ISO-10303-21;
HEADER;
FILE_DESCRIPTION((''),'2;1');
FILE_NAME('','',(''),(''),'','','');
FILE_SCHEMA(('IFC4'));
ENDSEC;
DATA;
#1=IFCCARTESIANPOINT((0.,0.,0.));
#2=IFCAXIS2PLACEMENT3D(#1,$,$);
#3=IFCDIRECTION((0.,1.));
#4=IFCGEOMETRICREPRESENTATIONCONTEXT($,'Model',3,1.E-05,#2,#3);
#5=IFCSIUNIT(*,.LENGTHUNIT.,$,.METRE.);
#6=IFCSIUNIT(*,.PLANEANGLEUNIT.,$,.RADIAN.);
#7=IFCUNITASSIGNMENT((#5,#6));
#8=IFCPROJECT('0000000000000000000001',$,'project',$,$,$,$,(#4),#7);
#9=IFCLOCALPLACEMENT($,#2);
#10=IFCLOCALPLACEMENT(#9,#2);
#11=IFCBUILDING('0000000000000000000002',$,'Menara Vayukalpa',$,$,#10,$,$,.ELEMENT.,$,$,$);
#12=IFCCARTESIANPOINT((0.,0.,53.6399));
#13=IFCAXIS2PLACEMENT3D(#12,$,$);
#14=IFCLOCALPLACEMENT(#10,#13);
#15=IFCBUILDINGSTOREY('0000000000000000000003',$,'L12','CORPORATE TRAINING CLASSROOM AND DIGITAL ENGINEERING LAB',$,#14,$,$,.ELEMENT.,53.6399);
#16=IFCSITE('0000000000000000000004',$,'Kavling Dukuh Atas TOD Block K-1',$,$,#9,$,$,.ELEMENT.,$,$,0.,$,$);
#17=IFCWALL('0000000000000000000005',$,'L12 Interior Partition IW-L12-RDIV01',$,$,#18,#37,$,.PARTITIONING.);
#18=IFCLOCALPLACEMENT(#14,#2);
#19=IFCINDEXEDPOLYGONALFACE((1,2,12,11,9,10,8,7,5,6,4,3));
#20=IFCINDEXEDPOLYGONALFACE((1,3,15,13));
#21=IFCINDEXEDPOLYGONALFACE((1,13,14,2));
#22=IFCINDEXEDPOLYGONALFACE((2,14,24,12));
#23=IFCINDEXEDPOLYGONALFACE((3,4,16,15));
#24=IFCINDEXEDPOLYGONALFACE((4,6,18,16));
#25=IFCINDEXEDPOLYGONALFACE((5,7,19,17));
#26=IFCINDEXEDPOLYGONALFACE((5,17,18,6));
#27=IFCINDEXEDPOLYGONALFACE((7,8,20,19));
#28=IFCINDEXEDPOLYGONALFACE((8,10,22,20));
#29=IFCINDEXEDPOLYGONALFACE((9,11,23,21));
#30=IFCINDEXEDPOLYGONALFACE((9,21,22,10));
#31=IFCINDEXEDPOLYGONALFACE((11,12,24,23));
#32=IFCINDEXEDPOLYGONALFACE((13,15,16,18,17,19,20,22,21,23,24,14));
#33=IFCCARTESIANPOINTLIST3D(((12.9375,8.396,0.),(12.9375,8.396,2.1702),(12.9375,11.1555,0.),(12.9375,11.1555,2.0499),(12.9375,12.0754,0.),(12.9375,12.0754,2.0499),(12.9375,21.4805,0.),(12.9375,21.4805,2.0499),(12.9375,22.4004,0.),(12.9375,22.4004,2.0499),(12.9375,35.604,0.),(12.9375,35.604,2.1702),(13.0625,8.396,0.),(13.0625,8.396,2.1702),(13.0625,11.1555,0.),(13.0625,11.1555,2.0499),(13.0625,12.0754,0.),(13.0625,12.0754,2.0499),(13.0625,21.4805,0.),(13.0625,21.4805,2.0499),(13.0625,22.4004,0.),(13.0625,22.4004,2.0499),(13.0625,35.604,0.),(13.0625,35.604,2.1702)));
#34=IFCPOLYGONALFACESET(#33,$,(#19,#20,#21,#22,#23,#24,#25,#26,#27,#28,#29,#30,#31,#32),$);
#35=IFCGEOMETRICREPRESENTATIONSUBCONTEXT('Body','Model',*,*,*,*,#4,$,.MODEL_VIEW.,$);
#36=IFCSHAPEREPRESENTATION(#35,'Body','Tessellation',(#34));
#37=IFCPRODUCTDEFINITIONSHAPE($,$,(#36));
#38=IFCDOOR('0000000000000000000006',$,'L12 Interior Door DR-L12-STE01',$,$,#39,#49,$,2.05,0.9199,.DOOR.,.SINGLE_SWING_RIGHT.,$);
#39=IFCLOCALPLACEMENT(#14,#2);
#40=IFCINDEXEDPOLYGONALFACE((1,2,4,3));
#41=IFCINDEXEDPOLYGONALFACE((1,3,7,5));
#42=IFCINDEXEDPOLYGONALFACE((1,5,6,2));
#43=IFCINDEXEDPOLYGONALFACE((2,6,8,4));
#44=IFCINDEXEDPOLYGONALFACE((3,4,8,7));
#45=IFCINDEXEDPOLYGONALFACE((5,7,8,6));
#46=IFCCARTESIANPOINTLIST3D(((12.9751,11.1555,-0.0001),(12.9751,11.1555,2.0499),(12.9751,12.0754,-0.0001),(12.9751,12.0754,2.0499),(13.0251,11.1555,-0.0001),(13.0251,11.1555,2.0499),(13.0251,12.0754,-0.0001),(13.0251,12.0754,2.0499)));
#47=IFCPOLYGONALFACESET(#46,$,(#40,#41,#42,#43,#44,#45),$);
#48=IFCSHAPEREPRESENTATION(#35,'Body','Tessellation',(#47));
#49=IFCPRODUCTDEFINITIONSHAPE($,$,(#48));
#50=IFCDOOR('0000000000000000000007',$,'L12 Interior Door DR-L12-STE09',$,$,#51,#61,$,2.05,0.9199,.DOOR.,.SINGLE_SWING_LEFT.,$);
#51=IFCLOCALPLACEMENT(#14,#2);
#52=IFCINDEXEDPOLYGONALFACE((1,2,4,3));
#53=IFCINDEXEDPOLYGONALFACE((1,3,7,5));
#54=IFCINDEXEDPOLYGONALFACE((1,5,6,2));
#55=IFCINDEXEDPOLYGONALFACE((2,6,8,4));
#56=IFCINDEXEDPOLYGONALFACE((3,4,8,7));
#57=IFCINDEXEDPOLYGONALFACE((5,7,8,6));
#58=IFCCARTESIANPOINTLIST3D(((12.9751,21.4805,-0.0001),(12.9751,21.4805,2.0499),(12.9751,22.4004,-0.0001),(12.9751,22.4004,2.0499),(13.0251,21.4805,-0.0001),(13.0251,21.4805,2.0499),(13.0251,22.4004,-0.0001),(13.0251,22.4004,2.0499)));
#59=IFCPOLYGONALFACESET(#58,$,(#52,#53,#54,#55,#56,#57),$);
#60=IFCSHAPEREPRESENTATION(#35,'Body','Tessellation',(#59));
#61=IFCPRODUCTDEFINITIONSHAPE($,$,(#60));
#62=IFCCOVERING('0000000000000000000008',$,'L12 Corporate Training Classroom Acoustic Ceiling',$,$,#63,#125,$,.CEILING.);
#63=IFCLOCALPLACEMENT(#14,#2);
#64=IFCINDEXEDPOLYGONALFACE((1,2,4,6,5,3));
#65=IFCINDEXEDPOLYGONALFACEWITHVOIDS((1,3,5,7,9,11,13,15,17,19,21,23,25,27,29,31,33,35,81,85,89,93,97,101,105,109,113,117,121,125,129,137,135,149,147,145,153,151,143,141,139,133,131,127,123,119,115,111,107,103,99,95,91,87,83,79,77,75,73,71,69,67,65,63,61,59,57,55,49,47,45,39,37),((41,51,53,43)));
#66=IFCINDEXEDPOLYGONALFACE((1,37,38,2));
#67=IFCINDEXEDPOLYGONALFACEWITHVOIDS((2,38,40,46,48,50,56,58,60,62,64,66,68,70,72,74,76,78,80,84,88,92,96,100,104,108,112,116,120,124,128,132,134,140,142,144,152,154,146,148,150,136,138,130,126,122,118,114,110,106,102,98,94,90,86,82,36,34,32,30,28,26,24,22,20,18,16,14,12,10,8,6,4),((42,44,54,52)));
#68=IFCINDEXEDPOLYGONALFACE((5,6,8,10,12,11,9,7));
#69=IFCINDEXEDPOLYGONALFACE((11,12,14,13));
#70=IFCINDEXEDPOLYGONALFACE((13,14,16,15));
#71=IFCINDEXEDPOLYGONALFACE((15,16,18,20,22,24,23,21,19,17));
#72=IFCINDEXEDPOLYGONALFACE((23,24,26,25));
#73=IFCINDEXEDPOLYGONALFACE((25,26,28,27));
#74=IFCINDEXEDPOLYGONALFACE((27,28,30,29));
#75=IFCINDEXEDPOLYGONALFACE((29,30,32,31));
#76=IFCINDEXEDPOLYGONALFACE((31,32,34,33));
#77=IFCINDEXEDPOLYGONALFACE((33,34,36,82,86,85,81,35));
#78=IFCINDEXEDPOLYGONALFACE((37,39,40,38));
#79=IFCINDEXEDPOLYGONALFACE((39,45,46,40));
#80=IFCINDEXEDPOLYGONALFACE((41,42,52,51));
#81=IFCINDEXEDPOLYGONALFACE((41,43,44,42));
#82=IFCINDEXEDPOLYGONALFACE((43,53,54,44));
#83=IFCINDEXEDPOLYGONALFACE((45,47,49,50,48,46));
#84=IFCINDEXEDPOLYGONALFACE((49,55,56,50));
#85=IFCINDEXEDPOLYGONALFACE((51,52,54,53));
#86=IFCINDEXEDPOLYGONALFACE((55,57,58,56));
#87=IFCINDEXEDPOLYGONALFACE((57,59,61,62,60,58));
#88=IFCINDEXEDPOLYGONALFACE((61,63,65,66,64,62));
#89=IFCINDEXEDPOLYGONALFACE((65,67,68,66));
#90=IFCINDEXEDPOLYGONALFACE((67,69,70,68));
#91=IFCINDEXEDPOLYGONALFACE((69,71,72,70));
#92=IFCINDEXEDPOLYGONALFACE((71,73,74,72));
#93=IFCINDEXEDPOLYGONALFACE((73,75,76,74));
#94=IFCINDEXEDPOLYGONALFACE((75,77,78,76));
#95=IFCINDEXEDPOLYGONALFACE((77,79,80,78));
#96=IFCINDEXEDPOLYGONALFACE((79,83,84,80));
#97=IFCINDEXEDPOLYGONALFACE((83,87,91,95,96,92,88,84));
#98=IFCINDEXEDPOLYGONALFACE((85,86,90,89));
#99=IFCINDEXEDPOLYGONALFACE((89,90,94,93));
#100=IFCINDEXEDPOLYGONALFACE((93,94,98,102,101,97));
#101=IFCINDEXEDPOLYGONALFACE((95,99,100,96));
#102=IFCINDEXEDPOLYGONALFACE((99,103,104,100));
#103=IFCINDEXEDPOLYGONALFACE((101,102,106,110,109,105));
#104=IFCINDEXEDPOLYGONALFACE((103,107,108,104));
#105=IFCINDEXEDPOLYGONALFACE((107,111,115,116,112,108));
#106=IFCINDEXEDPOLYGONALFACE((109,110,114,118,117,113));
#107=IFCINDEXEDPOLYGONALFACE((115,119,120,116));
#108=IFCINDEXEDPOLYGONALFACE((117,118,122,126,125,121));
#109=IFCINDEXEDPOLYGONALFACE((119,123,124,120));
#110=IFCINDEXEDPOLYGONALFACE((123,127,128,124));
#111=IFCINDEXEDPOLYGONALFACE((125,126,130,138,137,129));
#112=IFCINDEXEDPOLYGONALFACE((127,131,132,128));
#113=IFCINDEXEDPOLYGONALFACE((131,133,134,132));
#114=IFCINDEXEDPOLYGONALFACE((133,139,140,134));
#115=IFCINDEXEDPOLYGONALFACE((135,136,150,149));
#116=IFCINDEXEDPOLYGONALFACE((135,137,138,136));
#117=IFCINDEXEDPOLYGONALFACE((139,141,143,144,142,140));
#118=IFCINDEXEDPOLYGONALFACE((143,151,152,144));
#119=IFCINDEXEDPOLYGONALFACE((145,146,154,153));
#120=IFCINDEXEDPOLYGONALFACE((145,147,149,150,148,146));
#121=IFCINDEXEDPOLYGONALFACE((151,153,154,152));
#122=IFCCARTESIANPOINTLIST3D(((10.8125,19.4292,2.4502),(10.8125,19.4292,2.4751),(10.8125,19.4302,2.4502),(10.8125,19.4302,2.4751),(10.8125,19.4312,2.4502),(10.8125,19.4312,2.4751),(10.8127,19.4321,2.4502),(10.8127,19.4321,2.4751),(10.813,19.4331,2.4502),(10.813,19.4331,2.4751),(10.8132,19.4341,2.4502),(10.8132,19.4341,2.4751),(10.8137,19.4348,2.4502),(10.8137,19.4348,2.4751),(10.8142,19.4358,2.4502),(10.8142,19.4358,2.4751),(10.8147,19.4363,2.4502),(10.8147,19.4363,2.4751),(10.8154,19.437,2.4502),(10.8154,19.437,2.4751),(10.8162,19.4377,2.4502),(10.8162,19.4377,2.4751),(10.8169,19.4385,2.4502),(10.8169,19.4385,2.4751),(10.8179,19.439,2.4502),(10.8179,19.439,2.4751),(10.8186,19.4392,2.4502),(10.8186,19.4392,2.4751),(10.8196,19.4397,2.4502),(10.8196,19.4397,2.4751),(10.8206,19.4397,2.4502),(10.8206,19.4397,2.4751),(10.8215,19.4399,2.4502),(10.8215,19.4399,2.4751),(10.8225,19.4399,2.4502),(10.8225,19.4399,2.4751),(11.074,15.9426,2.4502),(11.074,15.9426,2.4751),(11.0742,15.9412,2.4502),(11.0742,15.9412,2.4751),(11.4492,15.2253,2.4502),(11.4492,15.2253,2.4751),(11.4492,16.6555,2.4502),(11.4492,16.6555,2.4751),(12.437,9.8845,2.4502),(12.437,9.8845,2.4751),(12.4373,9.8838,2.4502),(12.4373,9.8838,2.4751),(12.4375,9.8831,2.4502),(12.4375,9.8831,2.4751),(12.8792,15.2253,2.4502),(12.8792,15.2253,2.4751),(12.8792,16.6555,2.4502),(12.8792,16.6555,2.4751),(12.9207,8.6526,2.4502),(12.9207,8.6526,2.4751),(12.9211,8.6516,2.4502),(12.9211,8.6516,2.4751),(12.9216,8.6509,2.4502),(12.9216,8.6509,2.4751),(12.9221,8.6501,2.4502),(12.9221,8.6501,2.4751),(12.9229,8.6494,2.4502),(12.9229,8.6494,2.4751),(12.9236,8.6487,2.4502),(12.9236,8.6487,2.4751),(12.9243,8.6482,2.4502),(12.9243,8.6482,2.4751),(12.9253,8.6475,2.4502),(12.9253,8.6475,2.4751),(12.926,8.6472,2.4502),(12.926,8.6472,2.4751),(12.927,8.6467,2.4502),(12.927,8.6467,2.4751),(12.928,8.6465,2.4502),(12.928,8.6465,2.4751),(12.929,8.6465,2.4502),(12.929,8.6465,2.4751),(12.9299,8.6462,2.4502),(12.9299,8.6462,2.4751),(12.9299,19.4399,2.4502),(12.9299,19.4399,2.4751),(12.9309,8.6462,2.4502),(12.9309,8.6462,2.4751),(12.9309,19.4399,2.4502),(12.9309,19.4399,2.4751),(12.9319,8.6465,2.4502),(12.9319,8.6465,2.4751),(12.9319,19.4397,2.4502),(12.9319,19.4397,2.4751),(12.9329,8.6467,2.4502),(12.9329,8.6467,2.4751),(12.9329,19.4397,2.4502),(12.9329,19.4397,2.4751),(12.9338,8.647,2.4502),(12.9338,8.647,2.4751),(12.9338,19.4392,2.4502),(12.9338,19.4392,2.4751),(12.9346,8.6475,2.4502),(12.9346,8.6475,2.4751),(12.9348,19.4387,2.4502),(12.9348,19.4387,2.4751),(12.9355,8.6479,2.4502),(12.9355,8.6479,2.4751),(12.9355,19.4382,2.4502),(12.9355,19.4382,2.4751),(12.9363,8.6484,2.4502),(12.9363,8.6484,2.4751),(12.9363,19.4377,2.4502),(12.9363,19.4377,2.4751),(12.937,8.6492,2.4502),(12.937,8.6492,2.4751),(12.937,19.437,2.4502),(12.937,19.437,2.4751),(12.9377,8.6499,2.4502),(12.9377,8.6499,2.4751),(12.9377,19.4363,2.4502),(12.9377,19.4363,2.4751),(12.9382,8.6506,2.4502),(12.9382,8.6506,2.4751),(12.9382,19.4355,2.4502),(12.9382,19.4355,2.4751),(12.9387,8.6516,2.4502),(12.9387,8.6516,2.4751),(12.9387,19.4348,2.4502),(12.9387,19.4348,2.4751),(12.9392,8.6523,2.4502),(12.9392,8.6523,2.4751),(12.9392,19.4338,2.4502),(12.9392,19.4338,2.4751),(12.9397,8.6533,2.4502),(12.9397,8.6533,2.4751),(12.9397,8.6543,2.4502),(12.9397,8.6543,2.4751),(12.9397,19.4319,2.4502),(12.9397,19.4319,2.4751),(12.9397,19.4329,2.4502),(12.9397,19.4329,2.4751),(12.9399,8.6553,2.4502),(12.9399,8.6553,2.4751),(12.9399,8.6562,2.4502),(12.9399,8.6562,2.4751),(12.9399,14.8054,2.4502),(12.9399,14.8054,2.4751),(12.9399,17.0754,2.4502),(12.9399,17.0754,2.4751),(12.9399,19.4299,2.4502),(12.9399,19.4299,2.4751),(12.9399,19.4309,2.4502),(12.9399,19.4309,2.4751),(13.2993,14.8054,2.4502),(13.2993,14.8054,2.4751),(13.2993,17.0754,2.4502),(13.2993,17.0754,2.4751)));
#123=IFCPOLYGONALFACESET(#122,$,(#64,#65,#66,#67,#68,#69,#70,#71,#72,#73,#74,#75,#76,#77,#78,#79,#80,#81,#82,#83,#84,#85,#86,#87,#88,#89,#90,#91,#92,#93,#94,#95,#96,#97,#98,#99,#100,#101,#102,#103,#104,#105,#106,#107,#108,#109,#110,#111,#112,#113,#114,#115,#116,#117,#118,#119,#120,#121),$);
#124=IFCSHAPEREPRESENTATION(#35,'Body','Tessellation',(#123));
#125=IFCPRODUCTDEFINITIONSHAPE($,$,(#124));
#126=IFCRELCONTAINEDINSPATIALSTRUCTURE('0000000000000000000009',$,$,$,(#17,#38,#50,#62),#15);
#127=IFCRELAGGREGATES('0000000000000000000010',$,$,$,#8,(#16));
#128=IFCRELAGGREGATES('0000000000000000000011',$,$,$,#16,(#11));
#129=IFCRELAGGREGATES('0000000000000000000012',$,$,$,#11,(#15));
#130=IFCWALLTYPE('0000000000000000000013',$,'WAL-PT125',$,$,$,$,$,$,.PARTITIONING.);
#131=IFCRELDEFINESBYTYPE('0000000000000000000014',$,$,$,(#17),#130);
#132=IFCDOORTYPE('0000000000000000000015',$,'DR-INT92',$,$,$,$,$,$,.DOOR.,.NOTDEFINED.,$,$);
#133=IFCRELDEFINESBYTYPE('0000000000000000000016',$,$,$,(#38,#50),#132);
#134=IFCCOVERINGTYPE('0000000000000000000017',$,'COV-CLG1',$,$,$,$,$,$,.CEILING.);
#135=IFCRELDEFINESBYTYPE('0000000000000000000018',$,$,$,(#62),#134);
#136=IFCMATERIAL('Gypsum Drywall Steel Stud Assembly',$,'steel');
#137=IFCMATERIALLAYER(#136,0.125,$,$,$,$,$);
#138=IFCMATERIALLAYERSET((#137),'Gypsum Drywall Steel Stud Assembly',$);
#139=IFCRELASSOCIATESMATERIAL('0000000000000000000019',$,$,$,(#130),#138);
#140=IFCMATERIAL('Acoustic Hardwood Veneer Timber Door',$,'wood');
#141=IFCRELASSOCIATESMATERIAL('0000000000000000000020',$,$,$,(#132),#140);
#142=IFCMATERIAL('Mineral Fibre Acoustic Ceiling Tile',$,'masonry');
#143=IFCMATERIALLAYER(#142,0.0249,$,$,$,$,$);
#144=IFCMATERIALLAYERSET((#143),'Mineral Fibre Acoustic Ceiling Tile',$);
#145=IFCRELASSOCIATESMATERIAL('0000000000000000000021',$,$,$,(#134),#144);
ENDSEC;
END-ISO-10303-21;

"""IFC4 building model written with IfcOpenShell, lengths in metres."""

from ifc_helpers import new_model, si_unit, direction, frame, frame_2d, origin, place, context, subcontext, project, spatial, polyline, rectangle, outline, extrude, material, layer, layer_set, type_object, element, fill, save


model = new_model("IFC4")

# Units and contexts
model_context = context("Model", 3, precision=1e-05, world=origin(), true_north=direction((0.0, 1.0)))
body_context = subcontext(model_context, "Body", "Model", "MODEL_VIEW")
ifc_project = project(units=[si_unit("LENGTHUNIT", "METRE"), si_unit("PLANEANGLEUNIT", "RADIAN")], contexts=[model_context])

# Site, building, storey
site_placement = place(None, origin())
site = spatial("IfcSite", under=ifc_project, at=site_placement, Name="Kavling Dukuh Atas TOD Block K-1", CompositionType="ELEMENT", RefElevation=0.0)
building_placement = place(site_placement, origin())
building = spatial("IfcBuilding", under=site, at=building_placement, Name="Menara Vayukalpa", CompositionType="ELEMENT")
storey_placement = place(building_placement, frame((0.0, 0.0, 53.6399)))
storey = spatial("IfcBuildingStorey", under=building, at=storey_placement, Name="L12", Description="CORPORATE TRAINING CLASSROOM AND DIGITAL ENGINEERING LAB", CompositionType="ELEMENT", Elevation=53.6399)

# Wall, openings, doors
ifc_material_1 = material(Name="Gypsum Drywall Steel Stud Assembly", Category="steel")
ifc_layer_1 = layer(ifc_material_1, 0.125)
ifc_layer_set_1 = layer_set([ifc_layer_1], Name="Gypsum Drywall Steel Stud Assembly")
wall_type_1 = type_object("IfcWallType", Name="WAL-PT125", PredefinedType="PARTITIONING", material=ifc_layer_set_1)
wall_1_placement = place(storey_placement, frame((13.0, 8.396, 0.0), z_axis=(0.0, 0.0, 1.0), x_axis=(0.0, 1.0, 0.0)))
wall_1 = element("IfcWall", 1, at=wall_1_placement, inside=storey, type_object=wall_type_1, Name="L12 Interior Partition IW-L12-RDIV01", PredefinedType="PARTITIONING", context=body_context, shape_type="SweptSolid", body=[
    extrude(rectangle(XDim=27.208, YDim=0.125, at=frame_2d((13.604, 0.0))), origin(), (0.0, 0.0, 1.0), 2.1702),
])
opening_1_placement = place(wall_1_placement, frame((2.7595, 0.0, 0.0)))
opening_1 = element("IfcOpeningElement", 2, at=opening_1_placement, cuts=wall_1, PredefinedType="OPENING", context=body_context, shape_type="SweptSolid", body=[
    extrude(rectangle(XDim=0.9199, YDim=2.05, at=frame_2d((0.46, 1.0249))), frame((0.0, 0.0725, 0.0), z_axis=(0.0, -1.0, 0.0), x_axis=(1.0, 0.0, 0.0)), (0.0, 0.0, 1.0), 0.145),
])
opening_2_placement = place(wall_1_placement, frame((13.0845, 0.0, 0.0)))
opening_2 = element("IfcOpeningElement", 3, at=opening_2_placement, cuts=wall_1, PredefinedType="OPENING", context=body_context, shape_type="SweptSolid", body=[
    extrude(rectangle(XDim=0.9199, YDim=2.05, at=frame_2d((0.46, 1.0249))), frame((0.0, 0.0725, 0.0), z_axis=(0.0, -1.0, 0.0), x_axis=(1.0, 0.0, 0.0)), (0.0, 0.0, 1.0), 0.145),
])
ifc_material_2 = material(Name="Acoustic Hardwood Veneer Timber Door", Category="wood")
door_type = type_object("IfcDoorType", Name="DR-INT92", OperationType="NOTDEFINED", PredefinedType="DOOR", material=ifc_material_2)
door_1_placement = place(opening_1_placement, origin())
door_1 = element("IfcDoor", 4, at=door_1_placement, inside=storey, type_object=door_type, Name="L12 Interior Door DR-L12-STE01", OperationType="SINGLE_SWING_RIGHT", OverallHeight=2.05, OverallWidth=0.9199, PredefinedType="DOOR", context=body_context, shape_type="SweptSolid", body=[
    extrude(rectangle(XDim=0.9199, YDim=2.05, at=frame_2d((0.46, 1.0249))), frame((0.0, 0.0249, 0.0), z_axis=(0.0, -1.0, 0.0), x_axis=(1.0, 0.0, 0.0)), (0.0, 0.0, 1.0), 0.05),
])
fill(opening_1, door_1)
door_2_placement = place(opening_2_placement, origin())
door_2 = element("IfcDoor", 5, at=door_2_placement, inside=storey, type_object=door_type, Name="L12 Interior Door DR-L12-STE09", OperationType="SINGLE_SWING_LEFT", OverallHeight=2.05, OverallWidth=0.9199, PredefinedType="DOOR", context=body_context, shape_type="SweptSolid", body=[
    extrude(rectangle(XDim=0.9199, YDim=2.05, at=frame_2d((0.46, 1.0249))), frame((0.0, 0.0249, 0.0), z_axis=(0.0, -1.0, 0.0), x_axis=(1.0, 0.0, 0.0)), (0.0, 0.0, 1.0), 0.05),
])
fill(opening_2, door_2)

# Covering
ifc_material_3 = material(Name="Mineral Fibre Acoustic Ceiling Tile", Category="masonry")
ifc_layer_2 = layer(ifc_material_3, 0.0249)
ifc_layer_set_2 = layer_set([ifc_layer_2], Name="Mineral Fibre Acoustic Ceiling Tile")
covering_type_1 = type_object("IfcCoveringType", Name="COV-CLG1", PredefinedType="CEILING", material=ifc_layer_set_2)
covering_1_placement = place(storey_placement, frame((0.0, 0.0, 2.4502)))
element("IfcCovering", 6, at=covering_1_placement, inside=storey, type_object=covering_type_1, Name="L12 Corporate Training Classroom Acoustic Ceiling", PredefinedType="CEILING", context=body_context, shape_type="SweptSolid", body=[
    extrude(outline(polyline([(12.437, 9.8845), (11.0742, 15.9412), (11.074, 15.9426), (10.8125, 19.4292), (10.8125, 19.4302), (10.8125, 19.4312), (10.8127, 19.4321), (10.813, 19.4331), (10.8132, 19.4341), (10.8137, 19.4348), (10.8142, 19.4358), (10.8147, 19.4363), (10.8154, 19.437), (10.8162, 19.4377), (10.8169, 19.4385), (10.8179, 19.439), (10.8186, 19.4392), (10.8196, 19.4397), (10.8206, 19.4397), (10.8215, 19.4399), (10.8225, 19.4399), (12.9299, 19.4399), (12.9309, 19.4399), (12.9319, 19.4397), (12.9329, 19.4397), (12.9338, 19.4392), (12.9348, 19.4387), (12.9355, 19.4382), (12.9363, 19.4377), (12.937, 19.437), (12.9377, 19.4363), (12.9382, 19.4355), (12.9387, 19.4348), (12.9392, 19.4338), (12.9397, 19.4329), (12.9397, 19.4319), (12.9399, 19.4309), (12.9399, 19.4299), (12.9399, 17.0754), (13.2993, 17.0754), (13.2993, 14.8054), (12.9399, 14.8054), (12.9399, 8.6562), (12.9399, 8.6553), (12.9397, 8.6543), (12.9397, 8.6533), (12.9392, 8.6523), (12.9387, 8.6516), (12.9382, 8.6506), (12.9377, 8.6499), (12.937, 8.6492), (12.9363, 8.6484), (12.9355, 8.6479), (12.9346, 8.6475), (12.9338, 8.647), (12.9329, 8.6467), (12.9319, 8.6465), (12.9309, 8.6462), (12.9299, 8.6462), (12.929, 8.6465), (12.928, 8.6465), (12.927, 8.6467), (12.926, 8.6472), (12.9253, 8.6475), (12.9243, 8.6482), (12.9236, 8.6487), (12.9229, 8.6494), (12.9221, 8.6501), (12.9216, 8.6509), (12.9211, 8.6516), (12.9207, 8.6526), (12.4375, 9.8831), (12.4373, 9.8838), (12.437, 9.8845)]), holes=[polyline([(12.8792, 16.6555), (11.4492, 16.6555), (11.4492, 15.2253), (12.8792, 15.2253), (12.8792, 16.6555)])]), origin(), (0.0, 0.0, 1.0), 0.0249),
])

save(model, "model.ifc")
